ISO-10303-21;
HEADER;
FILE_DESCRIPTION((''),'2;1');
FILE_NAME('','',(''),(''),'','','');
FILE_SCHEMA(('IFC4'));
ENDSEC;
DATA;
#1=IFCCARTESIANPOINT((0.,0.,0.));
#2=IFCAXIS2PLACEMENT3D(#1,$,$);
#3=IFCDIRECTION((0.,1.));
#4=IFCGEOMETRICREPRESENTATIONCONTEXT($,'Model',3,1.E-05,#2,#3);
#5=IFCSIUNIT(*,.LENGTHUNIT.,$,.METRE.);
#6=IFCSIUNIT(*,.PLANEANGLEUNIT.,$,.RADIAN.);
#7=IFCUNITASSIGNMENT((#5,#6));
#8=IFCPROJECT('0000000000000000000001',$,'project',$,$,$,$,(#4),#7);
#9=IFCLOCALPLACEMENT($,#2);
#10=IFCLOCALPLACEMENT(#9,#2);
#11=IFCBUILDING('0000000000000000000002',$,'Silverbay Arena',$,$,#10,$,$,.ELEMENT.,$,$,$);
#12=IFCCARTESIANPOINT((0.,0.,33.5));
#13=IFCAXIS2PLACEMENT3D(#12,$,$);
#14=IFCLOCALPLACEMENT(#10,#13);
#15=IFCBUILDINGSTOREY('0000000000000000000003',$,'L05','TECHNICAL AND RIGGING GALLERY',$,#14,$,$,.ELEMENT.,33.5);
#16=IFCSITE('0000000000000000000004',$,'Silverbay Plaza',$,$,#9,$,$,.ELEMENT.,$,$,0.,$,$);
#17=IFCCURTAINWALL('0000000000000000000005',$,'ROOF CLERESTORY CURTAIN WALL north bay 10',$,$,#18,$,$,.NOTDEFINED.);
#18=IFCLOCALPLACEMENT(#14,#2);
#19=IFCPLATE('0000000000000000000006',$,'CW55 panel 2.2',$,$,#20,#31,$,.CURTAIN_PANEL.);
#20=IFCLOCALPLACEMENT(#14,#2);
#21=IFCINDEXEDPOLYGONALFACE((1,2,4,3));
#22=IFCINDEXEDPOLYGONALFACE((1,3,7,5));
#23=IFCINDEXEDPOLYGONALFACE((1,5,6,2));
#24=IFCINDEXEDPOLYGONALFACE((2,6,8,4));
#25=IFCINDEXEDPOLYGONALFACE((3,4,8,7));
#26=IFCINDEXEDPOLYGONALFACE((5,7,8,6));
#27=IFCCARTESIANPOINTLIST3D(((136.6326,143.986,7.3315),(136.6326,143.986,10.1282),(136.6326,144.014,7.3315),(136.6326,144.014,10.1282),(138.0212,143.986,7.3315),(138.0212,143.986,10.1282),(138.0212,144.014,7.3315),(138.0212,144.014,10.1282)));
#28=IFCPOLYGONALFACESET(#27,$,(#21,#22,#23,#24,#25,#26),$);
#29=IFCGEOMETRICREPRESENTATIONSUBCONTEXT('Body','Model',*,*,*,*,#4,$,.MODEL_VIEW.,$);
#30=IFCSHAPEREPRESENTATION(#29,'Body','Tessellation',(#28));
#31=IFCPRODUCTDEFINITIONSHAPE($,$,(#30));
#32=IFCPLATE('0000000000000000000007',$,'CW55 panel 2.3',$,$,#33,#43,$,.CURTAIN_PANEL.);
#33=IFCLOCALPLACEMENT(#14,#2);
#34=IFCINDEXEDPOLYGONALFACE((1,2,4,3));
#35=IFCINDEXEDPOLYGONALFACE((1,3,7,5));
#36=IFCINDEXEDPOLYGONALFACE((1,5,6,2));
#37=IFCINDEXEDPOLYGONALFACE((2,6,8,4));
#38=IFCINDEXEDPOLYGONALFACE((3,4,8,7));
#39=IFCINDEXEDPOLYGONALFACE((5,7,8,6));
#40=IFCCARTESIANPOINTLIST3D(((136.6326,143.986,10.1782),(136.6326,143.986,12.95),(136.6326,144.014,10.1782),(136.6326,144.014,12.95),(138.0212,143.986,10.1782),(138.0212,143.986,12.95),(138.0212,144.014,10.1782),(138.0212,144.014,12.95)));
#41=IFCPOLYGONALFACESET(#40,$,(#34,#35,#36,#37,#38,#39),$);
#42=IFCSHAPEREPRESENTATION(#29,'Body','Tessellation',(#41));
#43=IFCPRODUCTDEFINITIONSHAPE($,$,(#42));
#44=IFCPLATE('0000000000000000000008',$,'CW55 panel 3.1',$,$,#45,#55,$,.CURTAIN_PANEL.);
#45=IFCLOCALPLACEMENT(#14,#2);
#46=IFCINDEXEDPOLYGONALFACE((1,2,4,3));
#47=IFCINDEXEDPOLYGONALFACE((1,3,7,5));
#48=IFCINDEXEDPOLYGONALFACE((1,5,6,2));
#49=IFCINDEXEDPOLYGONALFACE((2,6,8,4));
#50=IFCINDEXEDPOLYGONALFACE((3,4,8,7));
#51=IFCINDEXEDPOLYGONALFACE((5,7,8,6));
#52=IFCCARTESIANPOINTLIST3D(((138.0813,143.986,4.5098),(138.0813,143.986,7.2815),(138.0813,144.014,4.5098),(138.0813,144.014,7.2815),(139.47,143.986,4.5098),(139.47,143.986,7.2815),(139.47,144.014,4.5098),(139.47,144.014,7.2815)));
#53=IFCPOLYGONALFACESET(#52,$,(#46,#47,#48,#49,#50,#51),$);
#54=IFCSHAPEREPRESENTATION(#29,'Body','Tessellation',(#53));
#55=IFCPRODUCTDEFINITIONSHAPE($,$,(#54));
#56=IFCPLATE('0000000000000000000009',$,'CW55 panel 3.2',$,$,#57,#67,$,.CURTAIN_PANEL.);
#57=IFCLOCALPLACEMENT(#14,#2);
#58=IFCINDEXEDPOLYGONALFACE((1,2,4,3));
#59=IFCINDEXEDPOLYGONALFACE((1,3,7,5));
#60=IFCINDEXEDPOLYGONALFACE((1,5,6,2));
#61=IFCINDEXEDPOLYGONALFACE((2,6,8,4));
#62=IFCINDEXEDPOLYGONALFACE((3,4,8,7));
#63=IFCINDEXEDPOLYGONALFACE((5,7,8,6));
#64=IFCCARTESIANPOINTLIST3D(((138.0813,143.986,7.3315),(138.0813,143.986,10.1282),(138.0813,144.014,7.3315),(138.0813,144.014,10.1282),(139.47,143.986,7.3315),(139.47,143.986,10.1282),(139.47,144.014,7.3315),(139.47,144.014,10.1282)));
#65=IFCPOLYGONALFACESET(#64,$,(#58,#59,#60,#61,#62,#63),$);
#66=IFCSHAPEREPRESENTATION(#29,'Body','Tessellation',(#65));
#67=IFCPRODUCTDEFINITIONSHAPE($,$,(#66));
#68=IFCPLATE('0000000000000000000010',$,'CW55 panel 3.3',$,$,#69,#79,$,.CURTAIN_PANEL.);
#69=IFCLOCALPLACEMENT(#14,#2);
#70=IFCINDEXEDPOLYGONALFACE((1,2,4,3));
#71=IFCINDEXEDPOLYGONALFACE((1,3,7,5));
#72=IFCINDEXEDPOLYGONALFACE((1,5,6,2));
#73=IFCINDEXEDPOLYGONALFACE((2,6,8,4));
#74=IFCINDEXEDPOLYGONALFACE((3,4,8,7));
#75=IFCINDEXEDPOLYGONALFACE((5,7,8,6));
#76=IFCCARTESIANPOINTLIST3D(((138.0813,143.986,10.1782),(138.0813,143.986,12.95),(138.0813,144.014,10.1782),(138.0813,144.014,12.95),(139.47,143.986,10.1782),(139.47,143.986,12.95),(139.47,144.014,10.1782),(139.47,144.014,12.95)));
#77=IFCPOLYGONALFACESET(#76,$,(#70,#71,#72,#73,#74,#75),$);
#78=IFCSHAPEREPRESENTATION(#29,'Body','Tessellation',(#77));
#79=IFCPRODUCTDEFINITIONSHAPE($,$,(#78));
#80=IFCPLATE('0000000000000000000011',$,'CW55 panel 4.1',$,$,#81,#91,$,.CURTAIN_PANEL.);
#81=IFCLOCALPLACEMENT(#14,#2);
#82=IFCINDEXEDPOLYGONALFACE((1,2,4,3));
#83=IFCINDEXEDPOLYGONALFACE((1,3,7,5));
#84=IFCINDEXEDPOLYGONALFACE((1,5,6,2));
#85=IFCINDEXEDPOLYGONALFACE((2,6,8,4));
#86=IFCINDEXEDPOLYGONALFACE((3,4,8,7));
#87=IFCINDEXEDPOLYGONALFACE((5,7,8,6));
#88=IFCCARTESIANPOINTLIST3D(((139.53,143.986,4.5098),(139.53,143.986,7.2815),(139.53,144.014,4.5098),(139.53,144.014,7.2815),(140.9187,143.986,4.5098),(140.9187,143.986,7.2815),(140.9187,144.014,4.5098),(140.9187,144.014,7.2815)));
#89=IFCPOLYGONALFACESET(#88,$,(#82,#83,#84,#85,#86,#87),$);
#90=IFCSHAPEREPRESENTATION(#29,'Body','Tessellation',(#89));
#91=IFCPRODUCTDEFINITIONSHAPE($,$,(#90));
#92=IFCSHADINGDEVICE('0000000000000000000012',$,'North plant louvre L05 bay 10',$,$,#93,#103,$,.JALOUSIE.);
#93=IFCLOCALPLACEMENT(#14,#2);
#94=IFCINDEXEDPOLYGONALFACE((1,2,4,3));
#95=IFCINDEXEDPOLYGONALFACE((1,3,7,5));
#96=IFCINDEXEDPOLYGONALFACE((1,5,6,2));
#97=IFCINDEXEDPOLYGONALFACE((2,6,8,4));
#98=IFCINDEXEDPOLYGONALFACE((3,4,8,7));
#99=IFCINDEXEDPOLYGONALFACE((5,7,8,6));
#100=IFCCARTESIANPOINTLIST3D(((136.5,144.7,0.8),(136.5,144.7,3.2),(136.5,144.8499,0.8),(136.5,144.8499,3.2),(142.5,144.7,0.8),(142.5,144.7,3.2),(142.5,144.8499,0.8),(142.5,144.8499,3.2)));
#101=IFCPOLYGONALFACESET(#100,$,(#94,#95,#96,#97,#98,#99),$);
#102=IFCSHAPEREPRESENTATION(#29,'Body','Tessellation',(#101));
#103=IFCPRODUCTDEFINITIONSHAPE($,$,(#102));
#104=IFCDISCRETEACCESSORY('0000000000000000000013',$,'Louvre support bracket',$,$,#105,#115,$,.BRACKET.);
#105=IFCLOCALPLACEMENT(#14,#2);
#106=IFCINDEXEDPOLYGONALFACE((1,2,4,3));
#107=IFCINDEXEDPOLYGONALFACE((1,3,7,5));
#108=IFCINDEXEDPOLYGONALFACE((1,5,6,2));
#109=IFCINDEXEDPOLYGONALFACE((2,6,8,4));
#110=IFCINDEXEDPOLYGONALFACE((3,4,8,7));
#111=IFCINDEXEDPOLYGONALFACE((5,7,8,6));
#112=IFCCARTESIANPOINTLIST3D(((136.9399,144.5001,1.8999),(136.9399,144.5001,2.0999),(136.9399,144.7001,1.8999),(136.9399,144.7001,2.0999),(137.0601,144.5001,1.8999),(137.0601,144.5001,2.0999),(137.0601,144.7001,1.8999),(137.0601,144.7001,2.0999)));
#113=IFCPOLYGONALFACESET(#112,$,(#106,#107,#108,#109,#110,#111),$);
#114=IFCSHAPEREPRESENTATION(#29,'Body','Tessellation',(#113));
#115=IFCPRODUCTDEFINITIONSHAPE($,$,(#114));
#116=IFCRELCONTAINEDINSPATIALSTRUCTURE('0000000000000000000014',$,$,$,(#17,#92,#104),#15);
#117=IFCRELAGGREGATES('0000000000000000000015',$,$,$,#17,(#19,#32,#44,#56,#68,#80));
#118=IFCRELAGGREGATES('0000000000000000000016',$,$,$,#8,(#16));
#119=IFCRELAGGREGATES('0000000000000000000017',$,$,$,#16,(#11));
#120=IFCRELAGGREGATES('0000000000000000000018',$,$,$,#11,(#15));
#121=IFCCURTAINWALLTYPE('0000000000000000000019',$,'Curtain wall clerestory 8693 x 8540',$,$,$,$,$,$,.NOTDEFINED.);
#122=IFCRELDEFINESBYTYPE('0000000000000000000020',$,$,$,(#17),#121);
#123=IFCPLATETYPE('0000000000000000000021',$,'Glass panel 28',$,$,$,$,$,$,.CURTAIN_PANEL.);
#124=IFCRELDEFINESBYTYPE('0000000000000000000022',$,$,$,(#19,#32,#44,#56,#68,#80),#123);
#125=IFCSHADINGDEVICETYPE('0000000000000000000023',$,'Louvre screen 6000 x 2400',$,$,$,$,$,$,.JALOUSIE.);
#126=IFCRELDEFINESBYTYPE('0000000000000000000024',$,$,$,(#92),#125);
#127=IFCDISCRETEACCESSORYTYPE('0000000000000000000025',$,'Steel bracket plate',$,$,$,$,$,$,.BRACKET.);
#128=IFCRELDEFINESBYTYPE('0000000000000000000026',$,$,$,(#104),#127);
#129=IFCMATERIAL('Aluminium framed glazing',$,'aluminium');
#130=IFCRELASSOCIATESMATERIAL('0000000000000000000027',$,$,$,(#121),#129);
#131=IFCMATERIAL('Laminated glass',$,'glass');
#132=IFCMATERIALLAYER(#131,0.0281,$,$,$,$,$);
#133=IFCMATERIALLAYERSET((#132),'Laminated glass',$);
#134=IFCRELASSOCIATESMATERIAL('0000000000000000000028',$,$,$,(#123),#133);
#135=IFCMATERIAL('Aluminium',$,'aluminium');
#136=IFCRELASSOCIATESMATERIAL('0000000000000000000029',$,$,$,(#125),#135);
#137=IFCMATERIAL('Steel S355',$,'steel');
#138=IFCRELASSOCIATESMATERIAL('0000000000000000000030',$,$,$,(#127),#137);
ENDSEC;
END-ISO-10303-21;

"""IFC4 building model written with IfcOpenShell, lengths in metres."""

from ifc_helpers import new_model, si_unit, direction, frame, origin, origin_2d, place, context, subcontext, project, spatial, rectangle, extrude, material, layer, layer_set, type_object, element, aggregate, save


model = new_model("IFC4")

# Units and contexts
model_context = context("Model", 3, precision=1e-05, world=origin(), true_north=direction((0.0, 1.0)))
body_context = subcontext(model_context, "Body", "Model", "MODEL_VIEW")
ifc_project = project(units=[si_unit("LENGTHUNIT", "METRE"), si_unit("PLANEANGLEUNIT", "RADIAN")], contexts=[model_context])

# Site, building, storey
site_placement = place(None, origin())
site = spatial("IfcSite", under=ifc_project, at=site_placement, Name="Silverbay Plaza", CompositionType="ELEMENT", RefElevation=0.0)
building_placement = place(site_placement, origin())
building = spatial("IfcBuilding", under=site, at=building_placement, Name="Silverbay Arena", CompositionType="ELEMENT")
storey_placement = place(building_placement, frame((0.0, 0.0, 33.5)))
storey = spatial("IfcBuildingStorey", under=building, at=storey_placement, Name="L05", Description="TECHNICAL AND RIGGING GALLERY", CompositionType="ELEMENT", Elevation=33.5)

# Curtain wall
ifc_material_1 = material(Name="Aluminium framed glazing", Category="aluminium")
curtain_wall_type = type_object("IfcCurtainWallType", Name="Curtain wall clerestory 8693 x 8540", PredefinedType="NOTDEFINED", material=ifc_material_1)
curtain_wall_placement = place(storey_placement, origin())
curtain_wall = element("IfcCurtainWall", 1, at=curtain_wall_placement, inside=storey, type_object=curtain_wall_type, Name="ROOF CLERESTORY CURTAIN WALL north bay 10", PredefinedType="NOTDEFINED")

# Plates
ifc_material_2 = material(Name="Laminated glass", Category="glass")
ifc_layer = layer(ifc_material_2, 0.0281)
ifc_layer_set = layer_set([ifc_layer], Name="Laminated glass")
plate_type = type_object("IfcPlateType", Name="Glass panel 28", PredefinedType="CURTAIN_PANEL", material=ifc_layer_set)
plate_1_placement = place(storey_placement, frame((137.3269, 144.0, 7.3315), z_axis=(0.0, 0.0, 1.0), x_axis=(1.0, 0.0, 0.0)))
plate_1 = element("IfcPlate", 2, at=plate_1_placement, type_object=plate_type, Name="CW55 panel 2.2", PredefinedType="CURTAIN_PANEL", context=body_context, shape_type="SweptSolid", body=[
    extrude(rectangle(XDim=1.3887, YDim=0.0281, at=origin_2d()), origin(), (0.0, 0.0, 1.0), 2.7966),
])
plate_2_placement = place(storey_placement, frame((137.3269, 144.0, 10.1782), z_axis=(0.0, 0.0, 1.0), x_axis=(1.0, 0.0, 0.0)))
plate_2 = element("IfcPlate", 3, at=plate_2_placement, type_object=plate_type, Name="CW55 panel 2.3", PredefinedType="CURTAIN_PANEL", context=body_context, shape_type="SweptSolid", body=[
    extrude(rectangle(XDim=1.3887, YDim=0.0281, at=origin_2d()), origin(), (0.0, 0.0, 1.0), 2.7717),
])
plate_3_placement = place(storey_placement, frame((138.7756, 144.0, 4.5098), z_axis=(0.0, 0.0, 1.0), x_axis=(1.0, 0.0, 0.0)))
plate_3 = element("IfcPlate", 4, at=plate_3_placement, type_object=plate_type, Name="CW55 panel 3.1", PredefinedType="CURTAIN_PANEL", context=body_context, shape_type="SweptSolid", body=[
    extrude(rectangle(XDim=1.3887, YDim=0.0281, at=origin_2d()), origin(), (0.0, 0.0, 1.0), 2.7717),
])
plate_4_placement = place(storey_placement, frame((138.7756, 144.0, 7.3315), z_axis=(0.0, 0.0, 1.0), x_axis=(1.0, 0.0, 0.0)))
plate_4 = element("IfcPlate", 5, at=plate_4_placement, type_object=plate_type, Name="CW55 panel 3.2", PredefinedType="CURTAIN_PANEL", context=body_context, shape_type="SweptSolid", body=[
    extrude(rectangle(XDim=1.3887, YDim=0.0281, at=origin_2d()), origin(), (0.0, 0.0, 1.0), 2.7966),
])
plate_5_placement = place(storey_placement, frame((138.7756, 144.0, 10.1782), z_axis=(0.0, 0.0, 1.0), x_axis=(1.0, 0.0, 0.0)))
plate_5 = element("IfcPlate", 6, at=plate_5_placement, type_object=plate_type, Name="CW55 panel 3.3", PredefinedType="CURTAIN_PANEL", context=body_context, shape_type="SweptSolid", body=[
    extrude(rectangle(XDim=1.3887, YDim=0.0281, at=origin_2d()), origin(), (0.0, 0.0, 1.0), 2.7717),
])
plate_6_placement = place(storey_placement, frame((140.2244, 144.0, 4.5098), z_axis=(0.0, 0.0, 1.0), x_axis=(1.0, 0.0, 0.0)))
plate_6 = element("IfcPlate", 7, at=plate_6_placement, type_object=plate_type, Name="CW55 panel 4.1", PredefinedType="CURTAIN_PANEL", context=body_context, shape_type="SweptSolid", body=[
    extrude(rectangle(XDim=1.3887, YDim=0.0281, at=origin_2d()), origin(), (0.0, 0.0, 1.0), 2.7717),
])
aggregate(curtain_wall, [plate_1, plate_2, plate_3, plate_4, plate_5, plate_6])

# Shading device
ifc_material_3 = material(Name="Aluminium", Category="aluminium")
shading_device_type = type_object("IfcShadingDeviceType", Name="Louvre screen 6000 x 2400", PredefinedType="JALOUSIE", material=ifc_material_3)
shading_device_placement = place(storey_placement, frame((139.5, 144.7749, 0.8), z_axis=(0.0, 0.0, 1.0), x_axis=(1.0, 0.0, 0.0)))
element("IfcShadingDevice", 8, at=shading_device_placement, inside=storey, type_object=shading_device_type, Name="North plant louvre L05 bay 10", PredefinedType="JALOUSIE", context=body_context, shape_type="SweptSolid", body=[
    extrude(rectangle(XDim=6.0, YDim=0.1499, at=origin_2d()), origin(), (0.0, 0.0, 1.0), 2.3999),
])

# Discrete accessory
ifc_material_4 = material(Name="Steel S355", Category="steel")
discrete_accessory_type = type_object("IfcDiscreteAccessoryType", Name="Steel bracket plate", PredefinedType="BRACKET", material=ifc_material_4)
discrete_accessory_placement = place(storey_placement, frame((137.0, 144.6001, 1.8999), z_axis=(0.0, 0.0, 1.0), x_axis=(1.0, 0.0, 0.0)))
element("IfcDiscreteAccessory", 9, at=discrete_accessory_placement, inside=storey, type_object=discrete_accessory_type, Name="Louvre support bracket", PredefinedType="BRACKET", context=body_context, shape_type="SweptSolid", body=[
    extrude(rectangle(XDim=0.1201, YDim=0.2, at=origin_2d()), origin(), (0.0, 0.0, 1.0), 0.2),
])

save(model, "model.ifc")
